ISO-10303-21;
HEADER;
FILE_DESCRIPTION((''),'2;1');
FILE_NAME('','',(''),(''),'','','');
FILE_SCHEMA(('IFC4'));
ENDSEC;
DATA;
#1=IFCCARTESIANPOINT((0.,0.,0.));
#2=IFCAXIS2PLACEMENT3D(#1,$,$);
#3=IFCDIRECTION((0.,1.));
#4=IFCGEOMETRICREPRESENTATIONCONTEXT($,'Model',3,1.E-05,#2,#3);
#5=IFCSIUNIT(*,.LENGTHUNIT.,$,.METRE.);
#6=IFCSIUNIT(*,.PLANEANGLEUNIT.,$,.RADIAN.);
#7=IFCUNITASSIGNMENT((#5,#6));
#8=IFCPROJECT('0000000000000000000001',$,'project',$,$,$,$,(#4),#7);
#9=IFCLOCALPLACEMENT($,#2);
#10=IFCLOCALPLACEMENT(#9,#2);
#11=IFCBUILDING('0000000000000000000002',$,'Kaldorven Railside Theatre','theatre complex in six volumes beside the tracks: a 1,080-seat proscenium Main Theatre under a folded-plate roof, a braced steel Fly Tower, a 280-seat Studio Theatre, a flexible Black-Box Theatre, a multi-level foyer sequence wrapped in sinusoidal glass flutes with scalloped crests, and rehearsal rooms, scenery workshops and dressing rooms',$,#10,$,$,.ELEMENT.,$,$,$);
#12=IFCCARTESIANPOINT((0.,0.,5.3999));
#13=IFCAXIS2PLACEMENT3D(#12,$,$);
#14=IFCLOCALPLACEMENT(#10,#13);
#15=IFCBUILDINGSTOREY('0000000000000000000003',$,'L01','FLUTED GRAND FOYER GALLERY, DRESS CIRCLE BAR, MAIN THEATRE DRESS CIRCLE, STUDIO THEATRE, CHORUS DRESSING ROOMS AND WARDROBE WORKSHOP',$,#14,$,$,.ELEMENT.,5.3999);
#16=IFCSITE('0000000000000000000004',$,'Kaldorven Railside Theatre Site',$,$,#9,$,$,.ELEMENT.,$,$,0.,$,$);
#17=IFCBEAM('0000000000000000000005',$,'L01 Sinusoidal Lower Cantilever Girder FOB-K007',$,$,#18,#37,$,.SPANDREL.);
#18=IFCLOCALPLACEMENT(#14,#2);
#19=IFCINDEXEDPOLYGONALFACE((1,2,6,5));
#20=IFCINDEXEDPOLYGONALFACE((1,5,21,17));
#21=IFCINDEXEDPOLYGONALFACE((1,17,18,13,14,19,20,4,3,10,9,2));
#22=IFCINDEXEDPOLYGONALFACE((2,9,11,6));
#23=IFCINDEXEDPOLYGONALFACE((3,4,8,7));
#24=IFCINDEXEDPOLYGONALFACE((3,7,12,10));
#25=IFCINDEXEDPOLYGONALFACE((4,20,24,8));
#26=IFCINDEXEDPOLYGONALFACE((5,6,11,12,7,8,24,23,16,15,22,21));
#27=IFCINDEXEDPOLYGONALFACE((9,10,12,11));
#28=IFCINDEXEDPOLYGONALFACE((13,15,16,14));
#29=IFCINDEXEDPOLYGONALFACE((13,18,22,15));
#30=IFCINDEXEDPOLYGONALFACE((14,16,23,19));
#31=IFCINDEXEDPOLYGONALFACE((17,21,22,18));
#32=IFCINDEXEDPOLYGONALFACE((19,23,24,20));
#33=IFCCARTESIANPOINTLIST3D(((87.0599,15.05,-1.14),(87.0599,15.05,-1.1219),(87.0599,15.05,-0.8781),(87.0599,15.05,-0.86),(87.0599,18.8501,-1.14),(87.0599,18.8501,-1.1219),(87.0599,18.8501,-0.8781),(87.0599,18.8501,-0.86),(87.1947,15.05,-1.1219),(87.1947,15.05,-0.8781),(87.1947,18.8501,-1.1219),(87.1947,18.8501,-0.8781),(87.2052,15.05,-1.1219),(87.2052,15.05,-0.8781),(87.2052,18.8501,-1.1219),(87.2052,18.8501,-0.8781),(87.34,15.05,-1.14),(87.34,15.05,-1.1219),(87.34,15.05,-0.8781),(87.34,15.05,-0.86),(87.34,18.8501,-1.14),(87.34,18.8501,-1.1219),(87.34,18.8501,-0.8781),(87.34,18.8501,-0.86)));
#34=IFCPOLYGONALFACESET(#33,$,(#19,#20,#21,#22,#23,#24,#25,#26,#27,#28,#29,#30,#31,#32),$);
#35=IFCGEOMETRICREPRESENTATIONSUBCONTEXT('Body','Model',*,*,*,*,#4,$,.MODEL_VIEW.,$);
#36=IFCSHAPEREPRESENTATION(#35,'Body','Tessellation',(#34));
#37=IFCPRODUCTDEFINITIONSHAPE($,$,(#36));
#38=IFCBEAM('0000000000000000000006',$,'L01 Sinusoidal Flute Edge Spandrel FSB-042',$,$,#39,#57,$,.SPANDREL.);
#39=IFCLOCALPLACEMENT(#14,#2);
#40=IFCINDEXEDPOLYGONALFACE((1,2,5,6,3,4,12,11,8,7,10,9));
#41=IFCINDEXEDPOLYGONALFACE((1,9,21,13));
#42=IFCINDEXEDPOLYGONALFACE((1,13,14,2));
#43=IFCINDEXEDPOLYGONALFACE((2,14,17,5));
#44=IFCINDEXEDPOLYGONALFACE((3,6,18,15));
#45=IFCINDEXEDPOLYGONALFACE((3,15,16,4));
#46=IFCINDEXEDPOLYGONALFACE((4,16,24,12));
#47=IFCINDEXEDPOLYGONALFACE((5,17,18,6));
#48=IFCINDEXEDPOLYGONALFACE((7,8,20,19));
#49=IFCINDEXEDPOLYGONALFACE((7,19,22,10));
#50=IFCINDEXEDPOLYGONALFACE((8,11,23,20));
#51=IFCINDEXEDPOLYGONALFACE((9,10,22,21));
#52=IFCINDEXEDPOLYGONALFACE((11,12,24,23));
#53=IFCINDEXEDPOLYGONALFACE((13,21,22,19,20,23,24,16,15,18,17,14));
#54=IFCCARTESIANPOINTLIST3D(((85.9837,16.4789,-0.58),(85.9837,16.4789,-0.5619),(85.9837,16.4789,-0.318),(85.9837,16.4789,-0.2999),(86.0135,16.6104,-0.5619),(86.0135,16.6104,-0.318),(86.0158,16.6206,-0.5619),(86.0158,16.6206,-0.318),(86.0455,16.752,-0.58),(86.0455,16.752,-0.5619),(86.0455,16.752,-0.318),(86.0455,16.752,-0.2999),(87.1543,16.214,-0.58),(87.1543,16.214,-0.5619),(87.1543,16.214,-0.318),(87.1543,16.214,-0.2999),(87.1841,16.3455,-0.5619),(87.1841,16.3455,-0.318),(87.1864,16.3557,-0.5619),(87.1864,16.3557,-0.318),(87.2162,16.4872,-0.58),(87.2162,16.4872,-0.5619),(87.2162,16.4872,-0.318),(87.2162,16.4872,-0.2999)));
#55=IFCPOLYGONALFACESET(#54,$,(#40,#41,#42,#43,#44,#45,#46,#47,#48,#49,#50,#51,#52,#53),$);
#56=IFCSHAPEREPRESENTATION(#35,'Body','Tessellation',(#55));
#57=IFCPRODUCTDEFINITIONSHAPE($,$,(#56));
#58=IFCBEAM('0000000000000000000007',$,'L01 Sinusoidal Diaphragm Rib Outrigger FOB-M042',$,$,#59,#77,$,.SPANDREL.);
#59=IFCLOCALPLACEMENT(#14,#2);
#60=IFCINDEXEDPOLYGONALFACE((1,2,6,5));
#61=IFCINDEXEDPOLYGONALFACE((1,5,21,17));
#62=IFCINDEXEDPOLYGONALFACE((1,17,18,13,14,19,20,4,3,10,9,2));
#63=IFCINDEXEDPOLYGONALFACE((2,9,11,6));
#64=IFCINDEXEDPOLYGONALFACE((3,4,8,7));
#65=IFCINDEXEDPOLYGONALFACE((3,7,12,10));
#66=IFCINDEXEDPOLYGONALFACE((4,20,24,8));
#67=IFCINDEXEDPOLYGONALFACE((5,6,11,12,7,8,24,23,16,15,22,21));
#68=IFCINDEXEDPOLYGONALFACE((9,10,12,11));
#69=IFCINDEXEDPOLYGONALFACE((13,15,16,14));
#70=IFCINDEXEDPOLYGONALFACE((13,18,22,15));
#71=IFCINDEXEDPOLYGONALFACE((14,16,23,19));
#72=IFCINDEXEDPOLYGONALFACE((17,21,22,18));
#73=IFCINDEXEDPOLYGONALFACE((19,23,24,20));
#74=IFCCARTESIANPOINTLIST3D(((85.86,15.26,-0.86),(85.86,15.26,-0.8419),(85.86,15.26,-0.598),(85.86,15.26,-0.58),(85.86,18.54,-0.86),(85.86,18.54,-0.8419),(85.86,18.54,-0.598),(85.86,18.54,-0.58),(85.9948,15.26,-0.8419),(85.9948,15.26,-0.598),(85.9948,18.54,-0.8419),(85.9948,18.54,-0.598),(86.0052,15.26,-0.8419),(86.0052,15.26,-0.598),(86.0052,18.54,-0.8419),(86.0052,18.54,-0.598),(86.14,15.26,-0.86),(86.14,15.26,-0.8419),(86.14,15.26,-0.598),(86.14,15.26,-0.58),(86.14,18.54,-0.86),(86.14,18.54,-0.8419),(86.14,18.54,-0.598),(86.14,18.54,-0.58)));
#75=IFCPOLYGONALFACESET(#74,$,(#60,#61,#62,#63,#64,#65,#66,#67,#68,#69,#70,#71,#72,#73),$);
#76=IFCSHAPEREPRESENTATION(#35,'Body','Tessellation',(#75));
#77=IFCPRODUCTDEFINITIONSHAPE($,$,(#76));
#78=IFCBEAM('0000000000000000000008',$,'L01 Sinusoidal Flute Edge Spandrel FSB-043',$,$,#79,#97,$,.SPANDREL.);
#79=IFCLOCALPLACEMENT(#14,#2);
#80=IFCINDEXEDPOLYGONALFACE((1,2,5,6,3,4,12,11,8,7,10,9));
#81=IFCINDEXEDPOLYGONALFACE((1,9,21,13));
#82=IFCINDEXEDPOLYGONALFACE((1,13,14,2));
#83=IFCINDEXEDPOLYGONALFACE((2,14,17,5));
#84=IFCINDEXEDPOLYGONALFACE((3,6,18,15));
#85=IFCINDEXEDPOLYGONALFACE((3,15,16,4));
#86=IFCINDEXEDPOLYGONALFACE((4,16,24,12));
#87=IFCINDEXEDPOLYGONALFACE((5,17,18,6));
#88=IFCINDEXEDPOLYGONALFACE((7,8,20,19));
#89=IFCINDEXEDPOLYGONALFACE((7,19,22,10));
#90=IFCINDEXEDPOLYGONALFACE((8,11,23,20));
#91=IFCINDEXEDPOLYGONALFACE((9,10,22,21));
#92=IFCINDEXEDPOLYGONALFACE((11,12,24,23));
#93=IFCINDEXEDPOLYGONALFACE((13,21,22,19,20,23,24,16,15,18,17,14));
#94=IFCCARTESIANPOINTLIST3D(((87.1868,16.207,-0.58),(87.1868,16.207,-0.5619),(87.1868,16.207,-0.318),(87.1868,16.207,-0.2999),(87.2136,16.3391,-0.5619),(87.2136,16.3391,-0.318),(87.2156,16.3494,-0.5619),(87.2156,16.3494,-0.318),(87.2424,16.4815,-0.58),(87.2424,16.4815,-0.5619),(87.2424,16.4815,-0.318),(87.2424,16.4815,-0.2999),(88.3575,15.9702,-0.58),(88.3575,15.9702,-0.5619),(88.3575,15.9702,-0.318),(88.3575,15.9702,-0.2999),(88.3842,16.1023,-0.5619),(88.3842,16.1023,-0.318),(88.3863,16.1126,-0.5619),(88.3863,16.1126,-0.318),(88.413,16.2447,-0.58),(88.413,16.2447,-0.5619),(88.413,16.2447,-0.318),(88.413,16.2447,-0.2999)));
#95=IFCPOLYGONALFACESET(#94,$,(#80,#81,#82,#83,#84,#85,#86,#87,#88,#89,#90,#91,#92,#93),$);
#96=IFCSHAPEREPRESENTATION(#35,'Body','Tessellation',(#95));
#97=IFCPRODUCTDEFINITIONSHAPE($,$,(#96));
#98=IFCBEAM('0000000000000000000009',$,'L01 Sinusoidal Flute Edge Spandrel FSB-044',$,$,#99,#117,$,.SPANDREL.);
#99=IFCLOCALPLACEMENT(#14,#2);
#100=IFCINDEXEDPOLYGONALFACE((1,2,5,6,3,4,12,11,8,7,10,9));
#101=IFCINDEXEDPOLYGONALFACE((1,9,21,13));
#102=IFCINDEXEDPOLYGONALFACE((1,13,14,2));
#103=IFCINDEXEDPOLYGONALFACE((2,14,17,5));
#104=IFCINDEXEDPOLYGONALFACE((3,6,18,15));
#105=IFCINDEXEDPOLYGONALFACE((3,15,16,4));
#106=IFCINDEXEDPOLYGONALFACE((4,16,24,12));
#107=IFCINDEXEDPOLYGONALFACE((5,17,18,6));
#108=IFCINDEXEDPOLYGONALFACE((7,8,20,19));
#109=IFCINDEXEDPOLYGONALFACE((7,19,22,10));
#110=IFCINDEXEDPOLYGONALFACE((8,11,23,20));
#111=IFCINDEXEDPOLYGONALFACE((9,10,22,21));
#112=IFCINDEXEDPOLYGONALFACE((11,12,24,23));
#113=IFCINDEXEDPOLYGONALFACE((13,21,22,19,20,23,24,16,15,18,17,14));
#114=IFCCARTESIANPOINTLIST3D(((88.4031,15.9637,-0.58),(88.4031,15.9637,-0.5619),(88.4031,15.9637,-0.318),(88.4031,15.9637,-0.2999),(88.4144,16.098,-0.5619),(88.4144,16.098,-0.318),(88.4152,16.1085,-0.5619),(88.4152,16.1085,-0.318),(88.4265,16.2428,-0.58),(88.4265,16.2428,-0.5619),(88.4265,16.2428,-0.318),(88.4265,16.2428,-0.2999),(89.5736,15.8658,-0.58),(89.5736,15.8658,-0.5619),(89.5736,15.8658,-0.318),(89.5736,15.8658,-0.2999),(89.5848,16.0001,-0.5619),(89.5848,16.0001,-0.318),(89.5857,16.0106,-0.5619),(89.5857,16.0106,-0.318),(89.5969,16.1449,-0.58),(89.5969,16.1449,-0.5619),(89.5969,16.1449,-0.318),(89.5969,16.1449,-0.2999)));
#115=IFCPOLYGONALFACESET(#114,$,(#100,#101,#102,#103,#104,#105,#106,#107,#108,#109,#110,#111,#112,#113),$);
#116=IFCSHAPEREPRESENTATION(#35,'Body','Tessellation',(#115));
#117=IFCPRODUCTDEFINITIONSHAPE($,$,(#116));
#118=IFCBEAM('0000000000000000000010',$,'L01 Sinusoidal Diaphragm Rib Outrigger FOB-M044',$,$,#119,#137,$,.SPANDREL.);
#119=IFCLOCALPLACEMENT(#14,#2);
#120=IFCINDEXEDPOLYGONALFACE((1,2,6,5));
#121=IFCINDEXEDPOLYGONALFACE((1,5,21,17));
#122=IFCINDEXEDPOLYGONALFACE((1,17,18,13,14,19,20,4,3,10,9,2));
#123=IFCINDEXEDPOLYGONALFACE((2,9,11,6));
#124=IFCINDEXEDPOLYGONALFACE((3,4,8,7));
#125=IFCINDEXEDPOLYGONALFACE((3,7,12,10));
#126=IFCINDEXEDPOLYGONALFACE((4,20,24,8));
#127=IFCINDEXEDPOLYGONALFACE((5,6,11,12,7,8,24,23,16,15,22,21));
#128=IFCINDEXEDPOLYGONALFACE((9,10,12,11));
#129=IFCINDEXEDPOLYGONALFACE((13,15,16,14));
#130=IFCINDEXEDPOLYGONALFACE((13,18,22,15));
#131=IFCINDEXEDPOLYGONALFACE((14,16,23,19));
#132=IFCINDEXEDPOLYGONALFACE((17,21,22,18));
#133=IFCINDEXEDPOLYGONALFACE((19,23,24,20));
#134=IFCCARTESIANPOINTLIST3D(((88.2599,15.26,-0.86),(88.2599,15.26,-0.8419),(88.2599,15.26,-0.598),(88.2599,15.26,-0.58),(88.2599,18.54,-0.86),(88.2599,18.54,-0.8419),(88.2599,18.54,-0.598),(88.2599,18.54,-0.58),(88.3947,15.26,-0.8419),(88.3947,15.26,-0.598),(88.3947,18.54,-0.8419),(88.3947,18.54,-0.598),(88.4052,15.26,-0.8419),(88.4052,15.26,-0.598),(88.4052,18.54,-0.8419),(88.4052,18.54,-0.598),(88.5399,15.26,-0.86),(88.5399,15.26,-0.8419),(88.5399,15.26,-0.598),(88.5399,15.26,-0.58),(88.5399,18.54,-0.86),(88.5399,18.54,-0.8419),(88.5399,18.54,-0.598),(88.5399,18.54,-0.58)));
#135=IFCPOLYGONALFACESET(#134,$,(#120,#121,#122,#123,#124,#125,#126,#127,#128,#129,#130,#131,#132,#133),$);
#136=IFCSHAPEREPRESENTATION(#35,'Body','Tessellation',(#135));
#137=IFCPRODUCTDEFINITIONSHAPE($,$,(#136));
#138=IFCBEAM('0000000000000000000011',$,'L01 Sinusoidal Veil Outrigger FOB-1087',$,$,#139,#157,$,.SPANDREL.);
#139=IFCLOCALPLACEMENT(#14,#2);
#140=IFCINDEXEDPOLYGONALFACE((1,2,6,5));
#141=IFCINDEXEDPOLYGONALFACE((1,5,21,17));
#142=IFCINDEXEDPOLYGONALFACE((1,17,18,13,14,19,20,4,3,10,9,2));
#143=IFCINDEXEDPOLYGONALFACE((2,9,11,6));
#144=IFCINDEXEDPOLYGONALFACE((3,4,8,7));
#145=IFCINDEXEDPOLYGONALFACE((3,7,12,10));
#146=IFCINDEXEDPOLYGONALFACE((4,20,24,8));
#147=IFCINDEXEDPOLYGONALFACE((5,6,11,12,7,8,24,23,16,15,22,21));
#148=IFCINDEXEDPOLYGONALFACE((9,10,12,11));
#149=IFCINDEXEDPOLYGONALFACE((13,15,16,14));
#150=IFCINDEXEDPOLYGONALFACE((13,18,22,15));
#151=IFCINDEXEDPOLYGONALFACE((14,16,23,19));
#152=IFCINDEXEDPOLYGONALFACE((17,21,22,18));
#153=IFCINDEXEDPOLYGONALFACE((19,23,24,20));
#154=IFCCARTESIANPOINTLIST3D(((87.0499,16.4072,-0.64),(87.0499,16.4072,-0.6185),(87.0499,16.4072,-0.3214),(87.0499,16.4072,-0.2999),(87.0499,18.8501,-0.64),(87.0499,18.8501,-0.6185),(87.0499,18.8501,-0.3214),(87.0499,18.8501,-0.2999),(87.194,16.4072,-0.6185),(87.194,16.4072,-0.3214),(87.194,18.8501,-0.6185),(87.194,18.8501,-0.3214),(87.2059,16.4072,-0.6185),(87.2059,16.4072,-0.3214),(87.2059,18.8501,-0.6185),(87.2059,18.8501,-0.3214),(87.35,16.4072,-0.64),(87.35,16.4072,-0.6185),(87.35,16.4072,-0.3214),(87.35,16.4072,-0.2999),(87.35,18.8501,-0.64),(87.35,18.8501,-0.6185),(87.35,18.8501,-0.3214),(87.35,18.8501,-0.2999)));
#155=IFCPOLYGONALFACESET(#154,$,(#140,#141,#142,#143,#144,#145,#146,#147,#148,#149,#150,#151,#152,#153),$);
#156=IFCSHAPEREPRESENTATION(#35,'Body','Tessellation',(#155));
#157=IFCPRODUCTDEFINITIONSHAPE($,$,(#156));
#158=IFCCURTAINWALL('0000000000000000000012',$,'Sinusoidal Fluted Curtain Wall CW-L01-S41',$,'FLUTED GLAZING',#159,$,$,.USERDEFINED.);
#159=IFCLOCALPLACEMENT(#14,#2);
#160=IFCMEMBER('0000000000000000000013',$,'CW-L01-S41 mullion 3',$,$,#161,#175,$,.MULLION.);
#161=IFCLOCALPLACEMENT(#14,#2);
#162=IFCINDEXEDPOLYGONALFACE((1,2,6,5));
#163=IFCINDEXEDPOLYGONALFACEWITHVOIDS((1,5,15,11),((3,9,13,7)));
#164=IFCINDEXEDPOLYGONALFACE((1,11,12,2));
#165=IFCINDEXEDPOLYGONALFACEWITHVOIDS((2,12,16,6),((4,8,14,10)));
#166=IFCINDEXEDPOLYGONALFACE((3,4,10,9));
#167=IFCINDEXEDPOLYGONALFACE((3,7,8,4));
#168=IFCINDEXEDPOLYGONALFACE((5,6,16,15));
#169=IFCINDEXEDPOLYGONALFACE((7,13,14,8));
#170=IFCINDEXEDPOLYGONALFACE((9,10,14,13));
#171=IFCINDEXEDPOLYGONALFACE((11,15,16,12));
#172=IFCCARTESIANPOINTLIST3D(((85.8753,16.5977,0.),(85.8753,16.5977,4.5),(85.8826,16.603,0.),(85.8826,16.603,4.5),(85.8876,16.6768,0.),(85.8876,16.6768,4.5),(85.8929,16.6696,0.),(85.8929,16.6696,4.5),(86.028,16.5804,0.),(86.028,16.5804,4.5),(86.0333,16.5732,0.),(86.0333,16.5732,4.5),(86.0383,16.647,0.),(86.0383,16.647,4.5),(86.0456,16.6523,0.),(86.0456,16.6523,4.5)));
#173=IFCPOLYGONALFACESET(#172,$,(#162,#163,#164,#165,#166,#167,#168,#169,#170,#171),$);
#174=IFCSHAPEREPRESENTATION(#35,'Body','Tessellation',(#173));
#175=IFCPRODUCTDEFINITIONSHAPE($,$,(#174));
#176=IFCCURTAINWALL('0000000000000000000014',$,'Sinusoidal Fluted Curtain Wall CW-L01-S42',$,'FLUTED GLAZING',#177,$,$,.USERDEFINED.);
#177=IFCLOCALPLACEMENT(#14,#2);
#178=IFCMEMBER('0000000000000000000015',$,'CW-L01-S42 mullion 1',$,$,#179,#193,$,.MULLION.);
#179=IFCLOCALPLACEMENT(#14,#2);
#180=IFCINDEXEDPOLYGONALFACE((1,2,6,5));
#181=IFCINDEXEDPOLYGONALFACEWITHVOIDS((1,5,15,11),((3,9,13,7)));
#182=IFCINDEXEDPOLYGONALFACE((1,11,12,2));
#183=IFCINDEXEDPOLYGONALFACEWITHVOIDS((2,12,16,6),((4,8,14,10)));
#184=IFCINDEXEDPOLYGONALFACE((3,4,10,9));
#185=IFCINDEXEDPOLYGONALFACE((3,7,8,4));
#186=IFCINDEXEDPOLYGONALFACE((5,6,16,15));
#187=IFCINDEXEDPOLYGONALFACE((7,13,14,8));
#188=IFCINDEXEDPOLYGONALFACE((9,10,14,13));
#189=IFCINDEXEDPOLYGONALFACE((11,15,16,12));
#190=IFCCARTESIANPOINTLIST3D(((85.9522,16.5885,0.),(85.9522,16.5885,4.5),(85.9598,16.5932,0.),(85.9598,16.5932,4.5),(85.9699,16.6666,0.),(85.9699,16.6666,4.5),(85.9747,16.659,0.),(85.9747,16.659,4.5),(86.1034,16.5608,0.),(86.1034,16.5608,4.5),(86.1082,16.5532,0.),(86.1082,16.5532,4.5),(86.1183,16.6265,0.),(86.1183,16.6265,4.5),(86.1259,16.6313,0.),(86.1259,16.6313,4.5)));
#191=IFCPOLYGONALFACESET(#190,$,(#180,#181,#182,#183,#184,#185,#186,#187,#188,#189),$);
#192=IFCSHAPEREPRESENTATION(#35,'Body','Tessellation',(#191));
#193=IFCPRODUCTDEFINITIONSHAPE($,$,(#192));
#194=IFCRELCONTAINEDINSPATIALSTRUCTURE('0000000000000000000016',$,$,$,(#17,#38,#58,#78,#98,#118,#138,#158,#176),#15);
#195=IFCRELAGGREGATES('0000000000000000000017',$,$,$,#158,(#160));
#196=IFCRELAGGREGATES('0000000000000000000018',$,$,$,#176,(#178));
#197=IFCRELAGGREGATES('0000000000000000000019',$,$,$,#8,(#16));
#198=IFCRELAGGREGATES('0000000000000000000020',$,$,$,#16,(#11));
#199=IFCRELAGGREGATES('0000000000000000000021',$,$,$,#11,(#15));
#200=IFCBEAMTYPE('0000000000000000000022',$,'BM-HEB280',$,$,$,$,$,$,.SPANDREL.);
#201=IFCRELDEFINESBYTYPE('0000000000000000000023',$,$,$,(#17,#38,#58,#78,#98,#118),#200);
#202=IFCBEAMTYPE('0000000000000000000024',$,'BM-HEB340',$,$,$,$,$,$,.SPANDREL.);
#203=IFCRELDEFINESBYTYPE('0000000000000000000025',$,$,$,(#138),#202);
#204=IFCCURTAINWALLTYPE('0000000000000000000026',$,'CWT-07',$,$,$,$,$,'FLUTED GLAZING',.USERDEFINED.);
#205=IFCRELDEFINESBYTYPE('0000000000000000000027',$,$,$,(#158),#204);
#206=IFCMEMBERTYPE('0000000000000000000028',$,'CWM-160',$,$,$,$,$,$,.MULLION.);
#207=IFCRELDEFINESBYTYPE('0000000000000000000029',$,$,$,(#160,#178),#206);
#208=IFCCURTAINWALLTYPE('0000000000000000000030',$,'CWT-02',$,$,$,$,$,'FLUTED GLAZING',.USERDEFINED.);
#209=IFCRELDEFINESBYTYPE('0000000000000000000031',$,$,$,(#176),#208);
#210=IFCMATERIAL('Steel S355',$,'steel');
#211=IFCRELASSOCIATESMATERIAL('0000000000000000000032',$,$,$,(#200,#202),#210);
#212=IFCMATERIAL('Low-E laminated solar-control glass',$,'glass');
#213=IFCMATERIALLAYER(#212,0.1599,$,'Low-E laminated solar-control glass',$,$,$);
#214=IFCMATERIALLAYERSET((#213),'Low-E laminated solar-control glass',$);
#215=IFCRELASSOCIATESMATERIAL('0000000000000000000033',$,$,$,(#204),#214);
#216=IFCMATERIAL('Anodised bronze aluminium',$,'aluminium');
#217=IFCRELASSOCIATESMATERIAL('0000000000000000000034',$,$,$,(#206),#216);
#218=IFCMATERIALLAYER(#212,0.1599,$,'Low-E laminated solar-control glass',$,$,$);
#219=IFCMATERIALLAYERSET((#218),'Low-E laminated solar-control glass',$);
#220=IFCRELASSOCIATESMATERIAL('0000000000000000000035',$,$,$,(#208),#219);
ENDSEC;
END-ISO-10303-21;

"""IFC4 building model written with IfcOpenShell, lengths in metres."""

from ifc_helpers import new_model, si_unit, direction, frame, origin, origin_2d, place, context, subcontext, project, spatial, hollow_rectangle, i_section, extrude, material, layer, layer_set, material_profile, profile_set, type_object, element, aggregate, save


model = new_model("IFC4")

# Units and contexts
model_context = context("Model", 3, precision=1e-05, world=origin(), true_north=direction((0.0, 1.0)))
body_context = subcontext(model_context, "Body", "Model", "MODEL_VIEW")
ifc_project = project(units=[si_unit("LENGTHUNIT", "METRE"), si_unit("PLANEANGLEUNIT", "RADIAN")], contexts=[model_context])

# Site, building, storey
site_placement = place(None, origin())
site = spatial("IfcSite", under=ifc_project, at=site_placement, Name="Kaldorven Railside Theatre Site", CompositionType="ELEMENT", RefElevation=0.0)
building_placement = place(site_placement, origin())
building = spatial("IfcBuilding", under=site, at=building_placement, Name="Kaldorven Railside Theatre", Description="theatre complex in six volumes beside the tracks: a 1,080-seat proscenium Main Theatre under a folded-plate roof, a braced steel Fly Tower, a 280-seat Studio Theatre, a flexible Black-Box Theatre, a multi-level foyer sequence wrapped in sinusoidal glass flutes with scalloped crests, and rehearsal rooms, scenery workshops and dressing rooms", CompositionType="ELEMENT")
storey_placement = place(building_placement, frame((0.0, 0.0, 5.3999)))
storey = spatial("IfcBuildingStorey", under=building, at=storey_placement, Name="L01", Description="FLUTED GRAND FOYER GALLERY, DRESS CIRCLE BAR, MAIN THEATRE DRESS CIRCLE, STUDIO THEATRE, CHORUS DRESSING ROOMS AND WARDROBE WORKSHOP", CompositionType="ELEMENT", Elevation=5.3999)

# Beams
ifc_material_1 = material(Name="Steel S355", Category="steel")
ifc_material_profile_1 = material_profile(ifc_material_1, i_section(OverallWidth=0.28, OverallDepth=0.28, WebThickness=0.0105, FlangeThickness=0.0181, at=origin_2d()), Name="HEB 280")
ifc_profile_set_1 = profile_set([ifc_material_profile_1], Name="Steel S355")
beam_type_1 = type_object("IfcBeamType", Name="BM-HEB280", PredefinedType="SPANDREL", material=ifc_profile_set_1)
beam_1_placement = place(storey_placement, frame((87.2, 15.05, -1.0), z_axis=(0.0, 1.0, 0.0), x_axis=(-1.0, 0.0, 0.0)))
element("IfcBeam", 1, at=beam_1_placement, inside=storey, type_object=beam_type_1, Name="L01 Sinusoidal Lower Cantilever Girder FOB-K007", PredefinedType="SPANDREL", context=body_context, shape_type="SweptSolid", body=[
    extrude(i_section(OverallWidth=0.28, OverallDepth=0.28, WebThickness=0.0105, FlangeThickness=0.0181, at=origin_2d()), origin(), (0.0, 0.0, 1.0), 3.8),
])
beam_2_placement = place(storey_placement, frame((86.0146, 16.6155, -0.4399), z_axis=(0.975342, -0.220698, 0.0), x_axis=(0.220698, 0.975342, 0.0)))
element("IfcBeam", 2, at=beam_2_placement, inside=storey, type_object=beam_type_1, Name="L01 Sinusoidal Flute Edge Spandrel FSB-042", PredefinedType="SPANDREL", context=body_context, shape_type="SweptSolid", body=[
    extrude(i_section(OverallWidth=0.28, OverallDepth=0.28, WebThickness=0.0105, FlangeThickness=0.0181, at=origin_2d()), origin(), (0.0, 0.0, 1.0), 1.2002),
])
beam_3_placement = place(storey_placement, frame((86.0, 15.26, -0.72), z_axis=(0.0, 1.0, 0.0), x_axis=(-1.0, 0.0, 0.0)))
element("IfcBeam", 3, at=beam_3_placement, inside=storey, type_object=beam_type_1, Name="L01 Sinusoidal Diaphragm Rib Outrigger FOB-M042", PredefinedType="SPANDREL", context=body_context, shape_type="SweptSolid", body=[
    extrude(i_section(OverallWidth=0.28, OverallDepth=0.28, WebThickness=0.0105, FlangeThickness=0.0181, at=origin_2d()), origin(), (0.0, 0.0, 1.0), 3.28),
])
beam_4_placement = place(storey_placement, frame((87.2146, 16.3442, -0.4399), z_axis=(0.980146, -0.198278, 0.0), x_axis=(0.198278, 0.980146, 0.0)))
element("IfcBeam", 4, at=beam_4_placement, inside=storey, type_object=beam_type_1, Name="L01 Sinusoidal Flute Edge Spandrel FSB-043", PredefinedType="SPANDREL", context=body_context, shape_type="SweptSolid", body=[
    extrude(i_section(OverallWidth=0.28, OverallDepth=0.28, WebThickness=0.0105, FlangeThickness=0.0181, at=origin_2d()), origin(), (0.0, 0.0, 1.0), 1.1943),
])
beam_5_placement = place(storey_placement, frame((88.4148, 16.1033, -0.4399), z_axis=(0.99652, -0.083355, 0.0), x_axis=(0.083355, 0.99652, 0.0)))
element("IfcBeam", 5, at=beam_5_placement, inside=storey, type_object=beam_type_1, Name="L01 Sinusoidal Flute Edge Spandrel FSB-044", PredefinedType="SPANDREL", context=body_context, shape_type="SweptSolid", body=[
    extrude(i_section(OverallWidth=0.28, OverallDepth=0.28, WebThickness=0.0105, FlangeThickness=0.0181, at=origin_2d()), origin(), (0.0, 0.0, 1.0), 1.1746),
])
beam_6_placement = place(storey_placement, frame((88.3999, 15.26, -0.72), z_axis=(0.0, 1.0, 0.0), x_axis=(-1.0, 0.0, 0.0)))
element("IfcBeam", 6, at=beam_6_placement, inside=storey, type_object=beam_type_1, Name="L01 Sinusoidal Diaphragm Rib Outrigger FOB-M044", PredefinedType="SPANDREL", context=body_context, shape_type="SweptSolid", body=[
    extrude(i_section(OverallWidth=0.28, OverallDepth=0.28, WebThickness=0.0105, FlangeThickness=0.0181, at=origin_2d()), origin(), (0.0, 0.0, 1.0), 3.28),
])
ifc_material_profile_2 = material_profile(ifc_material_1, i_section(OverallWidth=0.3, OverallDepth=0.3401, WebThickness=0.012, FlangeThickness=0.0215, at=origin_2d()), Name="HEB 340")
ifc_profile_set_2 = profile_set([ifc_material_profile_2], Name="Steel S355")
beam_type_2 = type_object("IfcBeamType", Name="BM-HEB340", PredefinedType="SPANDREL", material=ifc_profile_set_2)
beam_7_placement = place(storey_placement, frame((87.2, 16.4072, -0.47), z_axis=(0.0, 1.0, 0.0), x_axis=(-1.0, 0.0, 0.0)))
element("IfcBeam", 7, at=beam_7_placement, inside=storey, type_object=beam_type_2, Name="L01 Sinusoidal Veil Outrigger FOB-1087", PredefinedType="SPANDREL", context=body_context, shape_type="SweptSolid", body=[
    extrude(i_section(OverallWidth=0.3, OverallDepth=0.3401, WebThickness=0.012, FlangeThickness=0.0215, at=origin_2d()), origin(), (0.0, 0.0, 1.0), 2.4429),
])

# Curtain wall, member
ifc_material_2 = material(Name="Low-E laminated solar-control glass", Category="glass")
ifc_layer_1 = layer(ifc_material_2, 0.1599, Name="Low-E laminated solar-control glass")
ifc_layer_set_1 = layer_set([ifc_layer_1], Name="Low-E laminated solar-control glass")
curtain_wall_type_1 = type_object("IfcCurtainWallType", Name="CWT-07", ElementType="FLUTED GLAZING", PredefinedType="USERDEFINED", material=ifc_layer_set_1)
curtain_wall_1_placement = place(storey_placement, origin())
curtain_wall_1 = element("IfcCurtainWall", 8, at=curtain_wall_1_placement, inside=storey, type_object=curtain_wall_type_1, Name="Sinusoidal Fluted Curtain Wall CW-L01-S41", ObjectType="FLUTED GLAZING", PredefinedType="USERDEFINED")
ifc_material_3 = material(Name="Anodised bronze aluminium", Category="aluminium")
ifc_material_profile_3 = material_profile(ifc_material_3, hollow_rectangle(XDim=0.0801, YDim=0.1599, WallThickness=0.0063, at=origin_2d()), Name="RHS 160x80x6.3")
ifc_profile_set_3 = profile_set([ifc_material_profile_3], Name="Anodised bronze aluminium")
member_type_1 = type_object("IfcMemberType", Name="CWM-160", PredefinedType="MULLION", material=ifc_profile_set_3)
member_1_placement = place(storey_placement, frame((85.9604, 16.625, 0.0), z_axis=(0.0, 0.0, 1.0), x_axis=(0.15301, 0.988225, 0.0)))
member_1 = element("IfcMember", 9, at=member_1_placement, type_object=member_type_1, Name="CW-L01-S41 mullion 3", PredefinedType="MULLION", context=body_context, shape_type="SweptSolid", body=[
    extrude(hollow_rectangle(XDim=0.0801, YDim=0.1599, WallThickness=0.0063, at=origin_2d()), origin(), (0.0, 0.0, 1.0), 4.5),
])

# Curtain wall, member
ifc_layer_2 = layer(ifc_material_2, 0.1599, Name="Low-E laminated solar-control glass")
ifc_layer_set_2 = layer_set([ifc_layer_2], Name="Low-E laminated solar-control glass")
curtain_wall_type_2 = type_object("IfcCurtainWallType", Name="CWT-02", ElementType="FLUTED GLAZING", PredefinedType="USERDEFINED", material=ifc_layer_set_2)
curtain_wall_2_placement = place(storey_placement, origin())
curtain_wall_2 = element("IfcCurtainWall", 10, at=curtain_wall_2_placement, inside=storey, type_object=curtain_wall_type_2, Name="Sinusoidal Fluted Curtain Wall CW-L01-S42", ObjectType="FLUTED GLAZING", PredefinedType="USERDEFINED")
member_2_placement = place(storey_placement, frame((86.0391, 16.6099, 0.0), z_axis=(0.0, 0.0, 1.0), x_axis=(0.220672, 0.975348, 0.0)))
member_2 = element("IfcMember", 11, at=member_2_placement, type_object=member_type_1, Name="CW-L01-S42 mullion 1", PredefinedType="MULLION", context=body_context, shape_type="SweptSolid", body=[
    extrude(hollow_rectangle(XDim=0.0801, YDim=0.1599, WallThickness=0.0063, at=origin_2d()), origin(), (0.0, 0.0, 1.0), 4.5),
])

aggregate(curtain_wall_1, [member_1])
aggregate(curtain_wall_2, [member_2])

save(model, "model.ifc")
